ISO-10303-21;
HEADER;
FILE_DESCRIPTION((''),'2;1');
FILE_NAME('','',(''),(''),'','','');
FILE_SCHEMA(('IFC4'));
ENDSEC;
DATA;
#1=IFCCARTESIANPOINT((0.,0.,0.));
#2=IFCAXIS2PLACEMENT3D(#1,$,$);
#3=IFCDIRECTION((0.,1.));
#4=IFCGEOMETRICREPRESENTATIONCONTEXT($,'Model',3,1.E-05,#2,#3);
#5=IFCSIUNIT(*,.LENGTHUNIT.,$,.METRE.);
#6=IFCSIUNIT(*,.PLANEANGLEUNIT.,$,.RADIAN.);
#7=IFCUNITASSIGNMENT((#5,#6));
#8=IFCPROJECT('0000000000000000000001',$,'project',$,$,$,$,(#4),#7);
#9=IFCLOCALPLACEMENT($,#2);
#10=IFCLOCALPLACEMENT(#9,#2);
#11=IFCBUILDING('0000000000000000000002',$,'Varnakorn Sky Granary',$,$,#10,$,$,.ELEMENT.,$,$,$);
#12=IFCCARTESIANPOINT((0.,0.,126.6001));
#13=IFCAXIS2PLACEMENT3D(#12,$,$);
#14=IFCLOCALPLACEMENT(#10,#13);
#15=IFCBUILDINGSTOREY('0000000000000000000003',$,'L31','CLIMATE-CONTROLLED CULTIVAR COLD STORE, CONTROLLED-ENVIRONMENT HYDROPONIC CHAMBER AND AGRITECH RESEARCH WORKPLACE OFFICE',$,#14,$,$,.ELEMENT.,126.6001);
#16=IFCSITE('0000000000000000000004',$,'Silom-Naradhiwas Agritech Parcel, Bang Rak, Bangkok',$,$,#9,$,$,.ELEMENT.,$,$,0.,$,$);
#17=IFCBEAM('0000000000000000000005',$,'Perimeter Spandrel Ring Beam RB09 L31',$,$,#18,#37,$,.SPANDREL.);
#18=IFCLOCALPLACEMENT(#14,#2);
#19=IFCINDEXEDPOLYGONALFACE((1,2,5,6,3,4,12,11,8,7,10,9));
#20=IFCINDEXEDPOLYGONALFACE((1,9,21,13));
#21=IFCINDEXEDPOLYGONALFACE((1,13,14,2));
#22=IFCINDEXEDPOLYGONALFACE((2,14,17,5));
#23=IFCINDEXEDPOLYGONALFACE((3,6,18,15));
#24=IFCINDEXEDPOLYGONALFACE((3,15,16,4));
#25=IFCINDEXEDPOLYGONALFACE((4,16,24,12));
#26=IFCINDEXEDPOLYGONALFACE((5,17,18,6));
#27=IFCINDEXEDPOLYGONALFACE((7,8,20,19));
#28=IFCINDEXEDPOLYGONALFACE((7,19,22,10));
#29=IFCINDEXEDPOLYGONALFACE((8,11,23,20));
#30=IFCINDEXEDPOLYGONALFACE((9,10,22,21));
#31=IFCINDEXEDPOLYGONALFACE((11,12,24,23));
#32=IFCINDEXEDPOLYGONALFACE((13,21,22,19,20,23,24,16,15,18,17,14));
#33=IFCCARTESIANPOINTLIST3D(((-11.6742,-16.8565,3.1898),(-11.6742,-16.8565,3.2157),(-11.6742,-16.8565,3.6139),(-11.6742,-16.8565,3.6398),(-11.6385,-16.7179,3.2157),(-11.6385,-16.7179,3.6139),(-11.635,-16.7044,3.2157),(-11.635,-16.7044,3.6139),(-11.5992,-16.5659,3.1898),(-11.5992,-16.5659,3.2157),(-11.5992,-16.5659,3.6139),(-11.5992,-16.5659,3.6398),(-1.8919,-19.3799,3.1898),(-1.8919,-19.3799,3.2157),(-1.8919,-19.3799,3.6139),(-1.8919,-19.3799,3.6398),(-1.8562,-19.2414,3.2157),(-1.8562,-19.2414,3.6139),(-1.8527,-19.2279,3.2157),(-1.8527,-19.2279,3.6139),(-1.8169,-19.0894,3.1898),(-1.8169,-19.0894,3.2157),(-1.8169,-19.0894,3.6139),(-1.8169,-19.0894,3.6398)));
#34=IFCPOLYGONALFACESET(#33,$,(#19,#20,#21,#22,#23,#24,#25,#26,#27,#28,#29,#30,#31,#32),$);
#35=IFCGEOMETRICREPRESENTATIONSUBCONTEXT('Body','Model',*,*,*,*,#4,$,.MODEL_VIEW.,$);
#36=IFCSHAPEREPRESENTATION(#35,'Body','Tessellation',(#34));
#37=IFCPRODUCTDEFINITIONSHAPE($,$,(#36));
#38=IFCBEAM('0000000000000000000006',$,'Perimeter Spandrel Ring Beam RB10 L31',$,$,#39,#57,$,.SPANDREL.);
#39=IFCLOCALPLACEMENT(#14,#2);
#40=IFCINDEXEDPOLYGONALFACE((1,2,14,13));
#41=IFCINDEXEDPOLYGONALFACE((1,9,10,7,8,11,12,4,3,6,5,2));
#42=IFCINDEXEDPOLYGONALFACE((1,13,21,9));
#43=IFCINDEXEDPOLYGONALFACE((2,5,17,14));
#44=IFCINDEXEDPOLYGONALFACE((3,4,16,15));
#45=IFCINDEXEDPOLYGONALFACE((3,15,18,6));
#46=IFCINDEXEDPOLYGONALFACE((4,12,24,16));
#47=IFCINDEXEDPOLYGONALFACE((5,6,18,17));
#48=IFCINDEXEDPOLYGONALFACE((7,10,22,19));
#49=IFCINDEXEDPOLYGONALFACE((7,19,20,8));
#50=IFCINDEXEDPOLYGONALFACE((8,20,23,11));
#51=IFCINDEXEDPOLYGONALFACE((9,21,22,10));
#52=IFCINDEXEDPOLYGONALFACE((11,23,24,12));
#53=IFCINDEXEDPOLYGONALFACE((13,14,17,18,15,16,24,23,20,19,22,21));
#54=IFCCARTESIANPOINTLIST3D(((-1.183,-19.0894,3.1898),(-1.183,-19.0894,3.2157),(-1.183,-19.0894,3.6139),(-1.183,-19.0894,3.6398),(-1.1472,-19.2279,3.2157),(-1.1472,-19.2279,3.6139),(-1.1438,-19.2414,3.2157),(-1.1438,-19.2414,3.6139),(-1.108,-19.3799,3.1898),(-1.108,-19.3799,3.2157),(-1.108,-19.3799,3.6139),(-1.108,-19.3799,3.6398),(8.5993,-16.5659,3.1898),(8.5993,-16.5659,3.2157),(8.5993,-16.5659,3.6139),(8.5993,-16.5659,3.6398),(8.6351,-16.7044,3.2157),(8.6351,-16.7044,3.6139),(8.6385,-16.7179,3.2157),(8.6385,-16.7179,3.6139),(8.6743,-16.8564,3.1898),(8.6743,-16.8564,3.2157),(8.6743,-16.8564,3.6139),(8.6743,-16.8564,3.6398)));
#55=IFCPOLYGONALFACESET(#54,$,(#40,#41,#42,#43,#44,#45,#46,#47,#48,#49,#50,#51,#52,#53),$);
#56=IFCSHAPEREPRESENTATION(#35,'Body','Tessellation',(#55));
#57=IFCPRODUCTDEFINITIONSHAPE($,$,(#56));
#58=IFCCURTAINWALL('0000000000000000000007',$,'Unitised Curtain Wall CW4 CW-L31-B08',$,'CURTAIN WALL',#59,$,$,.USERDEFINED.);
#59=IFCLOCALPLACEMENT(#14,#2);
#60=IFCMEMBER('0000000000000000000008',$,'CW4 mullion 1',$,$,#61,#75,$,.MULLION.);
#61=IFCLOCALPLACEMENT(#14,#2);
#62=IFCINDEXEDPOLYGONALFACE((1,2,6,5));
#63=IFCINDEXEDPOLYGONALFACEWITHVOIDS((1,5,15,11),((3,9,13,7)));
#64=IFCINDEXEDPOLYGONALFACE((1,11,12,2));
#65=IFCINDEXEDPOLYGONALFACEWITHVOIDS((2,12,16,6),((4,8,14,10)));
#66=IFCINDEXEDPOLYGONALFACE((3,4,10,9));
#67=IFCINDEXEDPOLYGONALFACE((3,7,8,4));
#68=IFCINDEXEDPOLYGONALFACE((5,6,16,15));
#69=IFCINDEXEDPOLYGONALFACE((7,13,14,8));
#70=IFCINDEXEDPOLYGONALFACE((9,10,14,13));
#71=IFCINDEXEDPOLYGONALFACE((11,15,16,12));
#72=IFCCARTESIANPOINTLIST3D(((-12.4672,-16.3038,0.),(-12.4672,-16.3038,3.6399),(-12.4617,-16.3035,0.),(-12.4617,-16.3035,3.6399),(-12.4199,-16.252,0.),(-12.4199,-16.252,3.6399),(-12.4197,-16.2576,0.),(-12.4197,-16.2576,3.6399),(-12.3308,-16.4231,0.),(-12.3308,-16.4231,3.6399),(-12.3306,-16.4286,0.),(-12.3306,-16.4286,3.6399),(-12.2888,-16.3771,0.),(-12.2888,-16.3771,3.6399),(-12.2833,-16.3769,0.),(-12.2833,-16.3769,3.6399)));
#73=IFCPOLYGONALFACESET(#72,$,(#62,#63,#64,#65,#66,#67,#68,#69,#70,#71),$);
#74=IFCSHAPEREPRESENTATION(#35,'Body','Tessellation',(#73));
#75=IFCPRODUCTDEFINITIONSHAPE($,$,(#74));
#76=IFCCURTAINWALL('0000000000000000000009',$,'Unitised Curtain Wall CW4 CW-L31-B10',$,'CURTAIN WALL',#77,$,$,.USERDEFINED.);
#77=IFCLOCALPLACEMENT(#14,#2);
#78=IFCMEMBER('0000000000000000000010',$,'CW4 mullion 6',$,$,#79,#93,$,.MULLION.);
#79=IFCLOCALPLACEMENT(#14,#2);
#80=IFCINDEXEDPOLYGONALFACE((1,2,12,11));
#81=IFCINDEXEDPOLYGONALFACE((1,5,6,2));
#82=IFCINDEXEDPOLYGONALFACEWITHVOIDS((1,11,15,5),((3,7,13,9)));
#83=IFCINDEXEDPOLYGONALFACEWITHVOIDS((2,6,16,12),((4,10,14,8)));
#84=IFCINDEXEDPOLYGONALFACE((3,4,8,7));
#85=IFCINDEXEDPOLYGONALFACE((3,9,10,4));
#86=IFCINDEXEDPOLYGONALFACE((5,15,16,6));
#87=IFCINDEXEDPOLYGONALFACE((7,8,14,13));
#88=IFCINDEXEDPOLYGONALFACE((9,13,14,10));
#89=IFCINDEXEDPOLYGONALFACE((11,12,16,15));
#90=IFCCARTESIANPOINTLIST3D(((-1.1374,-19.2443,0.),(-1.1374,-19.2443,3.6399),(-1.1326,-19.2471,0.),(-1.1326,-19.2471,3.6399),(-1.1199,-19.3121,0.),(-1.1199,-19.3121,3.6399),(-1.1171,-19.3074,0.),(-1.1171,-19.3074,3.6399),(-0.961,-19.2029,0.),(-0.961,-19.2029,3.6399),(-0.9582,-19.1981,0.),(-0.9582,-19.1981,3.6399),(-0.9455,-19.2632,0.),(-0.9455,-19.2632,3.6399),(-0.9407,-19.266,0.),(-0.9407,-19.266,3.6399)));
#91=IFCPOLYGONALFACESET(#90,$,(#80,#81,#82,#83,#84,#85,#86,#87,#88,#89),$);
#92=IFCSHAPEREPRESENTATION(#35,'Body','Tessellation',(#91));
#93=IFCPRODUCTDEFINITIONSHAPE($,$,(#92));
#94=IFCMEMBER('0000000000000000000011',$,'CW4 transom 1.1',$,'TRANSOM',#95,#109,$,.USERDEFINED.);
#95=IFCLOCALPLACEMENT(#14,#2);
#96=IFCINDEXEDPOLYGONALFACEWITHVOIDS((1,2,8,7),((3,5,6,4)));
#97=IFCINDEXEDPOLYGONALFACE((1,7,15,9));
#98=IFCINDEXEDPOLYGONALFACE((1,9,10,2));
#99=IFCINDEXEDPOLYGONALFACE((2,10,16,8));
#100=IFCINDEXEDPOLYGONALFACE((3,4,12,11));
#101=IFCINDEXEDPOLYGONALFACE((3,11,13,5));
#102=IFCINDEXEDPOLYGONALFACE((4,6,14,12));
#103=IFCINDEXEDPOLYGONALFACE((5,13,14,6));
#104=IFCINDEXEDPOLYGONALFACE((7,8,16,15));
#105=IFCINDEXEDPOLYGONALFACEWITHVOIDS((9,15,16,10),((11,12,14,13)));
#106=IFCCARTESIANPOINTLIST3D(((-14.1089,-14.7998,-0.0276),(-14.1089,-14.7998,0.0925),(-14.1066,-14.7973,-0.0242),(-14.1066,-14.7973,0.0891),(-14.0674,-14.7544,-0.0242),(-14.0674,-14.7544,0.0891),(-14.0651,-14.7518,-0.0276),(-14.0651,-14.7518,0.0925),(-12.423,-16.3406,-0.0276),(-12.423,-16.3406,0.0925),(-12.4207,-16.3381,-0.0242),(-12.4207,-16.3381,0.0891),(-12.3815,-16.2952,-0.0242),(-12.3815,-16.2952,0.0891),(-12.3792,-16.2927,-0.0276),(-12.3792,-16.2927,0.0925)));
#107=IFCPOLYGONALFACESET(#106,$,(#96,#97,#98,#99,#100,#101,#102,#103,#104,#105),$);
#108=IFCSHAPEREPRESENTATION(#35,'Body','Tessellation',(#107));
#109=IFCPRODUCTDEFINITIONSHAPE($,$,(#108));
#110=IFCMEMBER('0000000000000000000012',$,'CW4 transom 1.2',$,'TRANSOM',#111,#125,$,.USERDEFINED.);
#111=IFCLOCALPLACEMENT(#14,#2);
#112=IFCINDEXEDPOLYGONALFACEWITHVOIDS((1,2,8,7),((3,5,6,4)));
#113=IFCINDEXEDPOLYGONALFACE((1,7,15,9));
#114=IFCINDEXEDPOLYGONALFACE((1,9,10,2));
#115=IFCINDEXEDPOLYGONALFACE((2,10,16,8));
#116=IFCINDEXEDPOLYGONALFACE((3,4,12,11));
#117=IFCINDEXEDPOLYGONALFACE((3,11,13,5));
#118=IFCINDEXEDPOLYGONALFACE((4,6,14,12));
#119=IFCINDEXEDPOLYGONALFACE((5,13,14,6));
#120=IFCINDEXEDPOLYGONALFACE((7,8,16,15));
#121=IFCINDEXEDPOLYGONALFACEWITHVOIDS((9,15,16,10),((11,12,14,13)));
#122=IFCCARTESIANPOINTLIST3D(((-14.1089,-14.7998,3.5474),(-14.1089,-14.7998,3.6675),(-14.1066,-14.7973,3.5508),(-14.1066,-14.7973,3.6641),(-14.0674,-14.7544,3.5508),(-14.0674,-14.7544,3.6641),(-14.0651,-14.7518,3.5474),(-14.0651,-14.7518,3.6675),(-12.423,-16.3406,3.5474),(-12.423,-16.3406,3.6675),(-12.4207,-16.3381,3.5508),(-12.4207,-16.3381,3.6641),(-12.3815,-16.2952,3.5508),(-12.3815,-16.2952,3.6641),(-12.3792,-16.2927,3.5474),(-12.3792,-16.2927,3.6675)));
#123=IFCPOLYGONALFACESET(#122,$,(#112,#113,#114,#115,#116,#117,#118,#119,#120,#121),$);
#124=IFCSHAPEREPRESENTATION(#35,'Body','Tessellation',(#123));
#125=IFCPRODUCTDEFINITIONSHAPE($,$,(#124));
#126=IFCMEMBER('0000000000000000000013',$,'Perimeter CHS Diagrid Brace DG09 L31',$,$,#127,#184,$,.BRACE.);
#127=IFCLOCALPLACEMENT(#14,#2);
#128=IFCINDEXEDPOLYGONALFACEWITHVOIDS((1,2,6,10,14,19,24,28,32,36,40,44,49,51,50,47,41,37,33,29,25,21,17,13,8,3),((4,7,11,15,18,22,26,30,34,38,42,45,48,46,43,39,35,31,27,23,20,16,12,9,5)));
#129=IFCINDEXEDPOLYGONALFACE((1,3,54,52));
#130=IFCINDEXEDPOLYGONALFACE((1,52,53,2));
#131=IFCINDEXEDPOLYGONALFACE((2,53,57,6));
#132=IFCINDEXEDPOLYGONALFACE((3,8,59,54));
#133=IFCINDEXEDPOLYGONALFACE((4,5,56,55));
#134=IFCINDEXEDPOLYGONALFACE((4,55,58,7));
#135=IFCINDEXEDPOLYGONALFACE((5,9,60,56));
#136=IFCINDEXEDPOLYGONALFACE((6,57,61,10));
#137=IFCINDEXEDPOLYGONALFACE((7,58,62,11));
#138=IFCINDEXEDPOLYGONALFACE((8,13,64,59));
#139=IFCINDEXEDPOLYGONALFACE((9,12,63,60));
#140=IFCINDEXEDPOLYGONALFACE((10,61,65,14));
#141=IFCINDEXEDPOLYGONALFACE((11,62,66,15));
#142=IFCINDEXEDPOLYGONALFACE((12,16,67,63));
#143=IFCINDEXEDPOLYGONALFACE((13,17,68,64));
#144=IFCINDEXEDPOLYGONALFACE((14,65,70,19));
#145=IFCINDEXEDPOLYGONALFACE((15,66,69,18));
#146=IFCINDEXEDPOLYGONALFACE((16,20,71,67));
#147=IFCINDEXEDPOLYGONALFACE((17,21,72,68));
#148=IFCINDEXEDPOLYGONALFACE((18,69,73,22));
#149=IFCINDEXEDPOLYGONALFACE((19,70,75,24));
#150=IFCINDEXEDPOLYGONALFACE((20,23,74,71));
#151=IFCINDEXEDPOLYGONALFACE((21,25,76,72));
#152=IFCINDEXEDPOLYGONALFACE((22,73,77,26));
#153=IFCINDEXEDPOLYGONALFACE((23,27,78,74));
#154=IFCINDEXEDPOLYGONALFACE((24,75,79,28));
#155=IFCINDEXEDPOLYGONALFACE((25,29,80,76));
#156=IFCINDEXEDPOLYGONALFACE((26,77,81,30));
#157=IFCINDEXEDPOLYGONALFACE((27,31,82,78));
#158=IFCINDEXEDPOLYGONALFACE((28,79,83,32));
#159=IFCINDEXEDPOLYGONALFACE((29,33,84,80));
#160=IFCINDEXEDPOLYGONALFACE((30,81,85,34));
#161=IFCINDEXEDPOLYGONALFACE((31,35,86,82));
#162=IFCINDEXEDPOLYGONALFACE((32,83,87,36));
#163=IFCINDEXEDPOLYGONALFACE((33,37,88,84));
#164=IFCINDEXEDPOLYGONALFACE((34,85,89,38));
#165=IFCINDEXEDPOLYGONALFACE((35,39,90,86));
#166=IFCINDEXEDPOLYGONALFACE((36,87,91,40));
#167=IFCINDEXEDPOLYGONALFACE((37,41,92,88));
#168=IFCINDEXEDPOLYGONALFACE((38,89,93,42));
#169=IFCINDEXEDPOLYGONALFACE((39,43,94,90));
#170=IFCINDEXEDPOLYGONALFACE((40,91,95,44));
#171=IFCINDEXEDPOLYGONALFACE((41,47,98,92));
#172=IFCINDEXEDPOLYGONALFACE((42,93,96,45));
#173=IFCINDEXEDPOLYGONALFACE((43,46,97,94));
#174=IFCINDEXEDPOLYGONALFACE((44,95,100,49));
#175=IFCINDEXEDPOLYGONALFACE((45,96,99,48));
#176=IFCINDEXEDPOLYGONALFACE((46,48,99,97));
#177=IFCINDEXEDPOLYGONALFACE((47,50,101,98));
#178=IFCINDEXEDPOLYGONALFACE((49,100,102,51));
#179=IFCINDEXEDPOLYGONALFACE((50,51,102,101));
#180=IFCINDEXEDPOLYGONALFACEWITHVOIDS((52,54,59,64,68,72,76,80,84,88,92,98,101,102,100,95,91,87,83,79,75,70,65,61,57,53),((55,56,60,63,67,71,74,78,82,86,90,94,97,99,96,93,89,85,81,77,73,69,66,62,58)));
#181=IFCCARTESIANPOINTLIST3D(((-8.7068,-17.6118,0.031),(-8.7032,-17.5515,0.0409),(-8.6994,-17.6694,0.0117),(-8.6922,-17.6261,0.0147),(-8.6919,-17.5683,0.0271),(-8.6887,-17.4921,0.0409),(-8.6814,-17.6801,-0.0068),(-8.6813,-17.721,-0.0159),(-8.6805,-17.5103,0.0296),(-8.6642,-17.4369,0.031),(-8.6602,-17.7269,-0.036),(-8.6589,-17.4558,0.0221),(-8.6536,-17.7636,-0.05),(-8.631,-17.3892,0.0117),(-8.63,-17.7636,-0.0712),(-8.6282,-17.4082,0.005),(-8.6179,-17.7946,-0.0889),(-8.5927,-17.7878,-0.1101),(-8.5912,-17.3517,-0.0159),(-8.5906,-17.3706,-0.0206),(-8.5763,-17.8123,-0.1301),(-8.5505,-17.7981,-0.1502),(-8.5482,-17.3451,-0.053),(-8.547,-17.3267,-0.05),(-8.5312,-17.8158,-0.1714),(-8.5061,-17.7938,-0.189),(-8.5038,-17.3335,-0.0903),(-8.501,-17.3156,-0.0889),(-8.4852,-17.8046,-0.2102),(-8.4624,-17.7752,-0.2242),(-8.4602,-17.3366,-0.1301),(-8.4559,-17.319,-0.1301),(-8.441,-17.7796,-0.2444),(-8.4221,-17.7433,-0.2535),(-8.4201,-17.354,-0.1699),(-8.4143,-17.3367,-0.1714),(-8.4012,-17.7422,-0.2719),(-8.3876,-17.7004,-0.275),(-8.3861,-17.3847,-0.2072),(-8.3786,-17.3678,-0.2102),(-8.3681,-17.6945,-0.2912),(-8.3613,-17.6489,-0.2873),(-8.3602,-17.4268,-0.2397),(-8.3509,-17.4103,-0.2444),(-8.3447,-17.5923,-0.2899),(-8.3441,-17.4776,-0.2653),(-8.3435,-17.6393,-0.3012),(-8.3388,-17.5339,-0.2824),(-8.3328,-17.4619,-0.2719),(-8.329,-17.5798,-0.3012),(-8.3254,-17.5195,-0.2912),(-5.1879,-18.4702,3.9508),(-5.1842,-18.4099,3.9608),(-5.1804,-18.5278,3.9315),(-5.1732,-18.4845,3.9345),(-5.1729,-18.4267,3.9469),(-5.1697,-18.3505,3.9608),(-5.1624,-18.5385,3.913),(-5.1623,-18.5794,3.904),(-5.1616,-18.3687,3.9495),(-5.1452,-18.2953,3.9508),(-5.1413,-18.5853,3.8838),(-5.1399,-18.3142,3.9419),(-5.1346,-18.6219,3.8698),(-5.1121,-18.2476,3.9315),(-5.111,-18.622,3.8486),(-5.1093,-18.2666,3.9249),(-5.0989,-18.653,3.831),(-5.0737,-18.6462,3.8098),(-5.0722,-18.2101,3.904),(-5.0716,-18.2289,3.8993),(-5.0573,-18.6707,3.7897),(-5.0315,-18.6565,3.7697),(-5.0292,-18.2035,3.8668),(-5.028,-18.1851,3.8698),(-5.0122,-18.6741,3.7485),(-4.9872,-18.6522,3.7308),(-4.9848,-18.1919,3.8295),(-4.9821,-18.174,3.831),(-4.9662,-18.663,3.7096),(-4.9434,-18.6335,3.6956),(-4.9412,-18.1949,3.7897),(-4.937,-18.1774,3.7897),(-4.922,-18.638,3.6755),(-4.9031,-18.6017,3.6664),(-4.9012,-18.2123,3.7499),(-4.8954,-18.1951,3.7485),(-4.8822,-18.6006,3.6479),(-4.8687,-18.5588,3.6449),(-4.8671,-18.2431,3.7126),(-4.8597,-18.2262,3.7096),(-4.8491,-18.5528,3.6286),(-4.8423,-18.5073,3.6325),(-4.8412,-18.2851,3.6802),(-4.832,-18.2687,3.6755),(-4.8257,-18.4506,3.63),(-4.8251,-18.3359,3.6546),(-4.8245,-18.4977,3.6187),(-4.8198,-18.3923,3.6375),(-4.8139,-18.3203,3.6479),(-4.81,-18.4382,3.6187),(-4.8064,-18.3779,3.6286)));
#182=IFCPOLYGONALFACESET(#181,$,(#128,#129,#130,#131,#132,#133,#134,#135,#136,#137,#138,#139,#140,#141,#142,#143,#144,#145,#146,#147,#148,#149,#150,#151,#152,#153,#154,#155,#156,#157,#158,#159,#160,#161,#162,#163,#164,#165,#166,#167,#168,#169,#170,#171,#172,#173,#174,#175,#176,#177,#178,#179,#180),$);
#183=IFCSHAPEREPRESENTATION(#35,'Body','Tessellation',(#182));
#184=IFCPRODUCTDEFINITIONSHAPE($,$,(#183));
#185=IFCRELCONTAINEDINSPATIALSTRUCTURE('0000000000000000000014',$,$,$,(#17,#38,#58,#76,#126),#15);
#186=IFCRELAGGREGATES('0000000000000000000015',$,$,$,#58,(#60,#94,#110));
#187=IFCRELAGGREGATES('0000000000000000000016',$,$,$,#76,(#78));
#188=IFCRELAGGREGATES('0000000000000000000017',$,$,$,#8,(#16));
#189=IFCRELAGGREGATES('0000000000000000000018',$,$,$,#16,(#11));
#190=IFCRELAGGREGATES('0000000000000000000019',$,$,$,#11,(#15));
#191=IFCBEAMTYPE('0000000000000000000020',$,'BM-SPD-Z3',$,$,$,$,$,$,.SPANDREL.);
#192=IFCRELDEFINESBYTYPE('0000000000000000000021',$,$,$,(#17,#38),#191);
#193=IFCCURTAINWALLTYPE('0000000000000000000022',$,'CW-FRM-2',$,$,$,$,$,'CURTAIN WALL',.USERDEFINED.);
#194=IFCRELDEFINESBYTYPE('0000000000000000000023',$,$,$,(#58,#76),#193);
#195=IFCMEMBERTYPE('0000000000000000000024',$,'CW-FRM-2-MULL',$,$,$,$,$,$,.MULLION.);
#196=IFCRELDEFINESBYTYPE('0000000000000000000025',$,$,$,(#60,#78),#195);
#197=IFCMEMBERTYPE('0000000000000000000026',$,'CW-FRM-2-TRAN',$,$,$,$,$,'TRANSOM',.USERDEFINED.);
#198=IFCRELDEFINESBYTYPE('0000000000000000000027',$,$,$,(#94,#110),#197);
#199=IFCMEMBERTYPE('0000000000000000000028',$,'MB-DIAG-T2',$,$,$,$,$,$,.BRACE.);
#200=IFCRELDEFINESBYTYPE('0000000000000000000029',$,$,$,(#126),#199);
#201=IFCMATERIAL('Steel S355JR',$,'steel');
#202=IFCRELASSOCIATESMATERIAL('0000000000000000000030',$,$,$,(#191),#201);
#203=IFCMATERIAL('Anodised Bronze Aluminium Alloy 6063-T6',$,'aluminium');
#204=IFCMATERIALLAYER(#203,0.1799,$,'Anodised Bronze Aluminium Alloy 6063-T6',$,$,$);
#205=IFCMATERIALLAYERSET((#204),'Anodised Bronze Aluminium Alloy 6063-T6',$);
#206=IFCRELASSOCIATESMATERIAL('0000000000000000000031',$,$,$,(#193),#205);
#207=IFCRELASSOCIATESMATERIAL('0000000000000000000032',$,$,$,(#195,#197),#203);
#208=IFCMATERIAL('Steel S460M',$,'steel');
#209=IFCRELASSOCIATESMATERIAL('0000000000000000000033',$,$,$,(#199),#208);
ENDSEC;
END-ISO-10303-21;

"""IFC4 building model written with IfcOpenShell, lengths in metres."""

from ifc_helpers import new_model, si_unit, direction, frame, origin, origin_2d, place, context, subcontext, project, spatial, hollow_rectangle, hollow_circle, i_section, extrude, material, layer, layer_set, material_profile, profile_set, type_object, element, aggregate, save


model = new_model("IFC4")

# Units and contexts
model_context = context("Model", 3, precision=1e-05, world=origin(), true_north=direction((0.0, 1.0)))
body_context = subcontext(model_context, "Body", "Model", "MODEL_VIEW")
ifc_project = project(units=[si_unit("LENGTHUNIT", "METRE"), si_unit("PLANEANGLEUNIT", "RADIAN")], contexts=[model_context])

# Site, building, storey
site_placement = place(None, origin())
site = spatial("IfcSite", under=ifc_project, at=site_placement, Name="Silom-Naradhiwas Agritech Parcel, Bang Rak, Bangkok", CompositionType="ELEMENT", RefElevation=0.0)
building_placement = place(site_placement, origin())
building = spatial("IfcBuilding", under=site, at=building_placement, Name="Varnakorn Sky Granary", CompositionType="ELEMENT")
storey_placement = place(building_placement, frame((0.0, 0.0, 126.6001)))
storey = spatial("IfcBuildingStorey", under=building, at=storey_placement, Name="L31", Description="CLIMATE-CONTROLLED CULTIVAR COLD STORE, CONTROLLED-ENVIRONMENT HYDROPONIC CHAMBER AND AGRITECH RESEARCH WORKPLACE OFFICE", CompositionType="ELEMENT", Elevation=126.6001)

# Shared definitions
ifc_material_1 = material(Name="Steel S460M", Category="steel")

# Beams
ifc_material_2 = material(Name="Steel S355JR", Category="steel")
ifc_material_profile_1 = material_profile(ifc_material_2, i_section(OverallWidth=0.3, OverallDepth=0.45, WebThickness=0.0139, FlangeThickness=0.0259, at=origin_2d()), Name="HE 450 B")
ifc_profile_set_1 = profile_set([ifc_material_profile_1], Name="Steel S355JR")
beam_type_1 = type_object("IfcBeamType", Name="BM-SPD-Z3", PredefinedType="SPANDREL", material=ifc_profile_set_1)
for number, where, z_axis, x_axis, name in (
    (1, (-11.6367, -16.7112, 3.4148), (0.968301, -0.249784, 0.0), (0.249784, 0.968301, 0.0), "Perimeter Spandrel Ring Beam RB09 L31"),
    (2, (-1.1455, -19.2346, 3.4148), (0.968301, 0.249784, 0.0), (-0.249784, 0.968301, 0.0), "Perimeter Spandrel Ring Beam RB10 L31"),
):
    element("IfcBeam", number, at=place(storey_placement, frame(where, z_axis=z_axis, x_axis=x_axis)), inside=storey, type_object=beam_type_1, Name=name, PredefinedType="SPANDREL", context=body_context, shape_type="SweptSolid", body=[
        extrude(i_section(OverallWidth=0.3, OverallDepth=0.45, WebThickness=0.0139, FlangeThickness=0.0259, at=origin_2d()), origin(), (0.0, 0.0, 1.0), 10.1025),
    ])

# Curtain walls, members
ifc_material_3 = material(Name="Anodised Bronze Aluminium Alloy 6063-T6", Category="aluminium")
ifc_layer_1 = layer(ifc_material_3, 0.1799, Name="Anodised Bronze Aluminium Alloy 6063-T6")
ifc_layer_set_1 = layer_set([ifc_layer_1], Name="Anodised Bronze Aluminium Alloy 6063-T6")
curtain_wall_type = type_object("IfcCurtainWallType", Name="CW-FRM-2", ElementType="CURTAIN WALL", PredefinedType="USERDEFINED", material=ifc_layer_set_1)
curtain_wall_1_placement = place(storey_placement, origin())
curtain_wall_1 = element("IfcCurtainWall", 3, at=curtain_wall_1_placement, inside=storey, type_object=curtain_wall_type, Name="Unitised Curtain Wall CW4 CW-L31-B08", ObjectType="CURTAIN WALL", PredefinedType="USERDEFINED")
ifc_material_profile_2 = material_profile(ifc_material_3, hollow_rectangle(XDim=0.0701, YDim=0.1851, WallThickness=0.0039, at=origin_2d()), Name="ALU MULL 70x185")
ifc_profile_set_2 = profile_set([ifc_material_profile_2], Name="Anodised Bronze Aluminium Alloy 6063-T6")
member_type_1 = type_object("IfcMemberType", Name="CW-FRM-2-MULL", PredefinedType="MULLION", material=ifc_profile_set_2)
member_1_placement = place(storey_placement, frame((-12.3752, -16.3403, 0.0), z_axis=(0.0, 0.0, 1.0), x_axis=(-0.674681, -0.73811, 0.0)))
member_1 = element("IfcMember", 4, at=member_1_placement, type_object=member_type_1, Name="CW4 mullion 1", PredefinedType="MULLION", context=body_context, shape_type="SweptSolid", body=[
    extrude(hollow_rectangle(XDim=0.0701, YDim=0.1851, WallThickness=0.0039, at=origin_2d()), origin(), (0.0, 0.0, 1.0), 3.6399),
])
curtain_wall_2_placement = place(storey_placement, origin())
curtain_wall_2 = element("IfcCurtainWall", 5, at=curtain_wall_2_placement, inside=storey, type_object=curtain_wall_type, Name="Unitised Curtain Wall CW4 CW-L31-B10", ObjectType="CURTAIN WALL", PredefinedType="USERDEFINED")
member_2_placement = place(storey_placement, frame((-1.0391, -19.2551, 0.0), z_axis=(0.0, 0.0, 1.0), x_axis=(0.249579, -0.968354, 0.0)))
member_2 = element("IfcMember", 6, at=member_2_placement, type_object=member_type_1, Name="CW4 mullion 6", PredefinedType="MULLION", context=body_context, shape_type="SweptSolid", body=[
    extrude(hollow_rectangle(XDim=0.0701, YDim=0.1851, WallThickness=0.0039, at=origin_2d()), origin(), (0.0, 0.0, 1.0), 3.6399),
])

# Members
ifc_material_profile_3 = material_profile(ifc_material_3, hollow_rectangle(XDim=0.0649, YDim=0.1201, WallThickness=0.0034, at=origin_2d()), Name="ALU TRAN 65x120")
ifc_profile_set_3 = profile_set([ifc_material_profile_3], Name="Anodised Bronze Aluminium Alloy 6063-T6")
member_type_2 = type_object("IfcMemberType", Name="CW-FRM-2-TRAN", ElementType="TRANSOM", PredefinedType="USERDEFINED", material=ifc_profile_set_3)
member_3_placement = place(storey_placement, frame((-12.4011, -16.3167, 0.0325), z_axis=(-0.738143, 0.674644, 0.0), x_axis=(-0.674644, -0.738143, 0.0)))
member_3 = element("IfcMember", 7, at=member_3_placement, type_object=member_type_2, Name="CW4 transom 1.1", ObjectType="TRANSOM", PredefinedType="USERDEFINED", context=body_context, shape_type="SweptSolid", body=[
    extrude(hollow_rectangle(XDim=0.0649, YDim=0.1201, WallThickness=0.0034, at=origin_2d()), origin(), (0.0, 0.0, 1.0), 2.2839),
])
member_4_placement = place(storey_placement, frame((-12.4011, -16.3167, 3.6074), z_axis=(-0.738143, 0.674644, 0.0), x_axis=(-0.674644, -0.738143, 0.0)))
member_4 = element("IfcMember", 8, at=member_4_placement, type_object=member_type_2, Name="CW4 transom 1.2", ObjectType="TRANSOM", PredefinedType="USERDEFINED", context=body_context, shape_type="SweptSolid", body=[
    extrude(hollow_rectangle(XDim=0.0649, YDim=0.1201, WallThickness=0.0034, at=origin_2d()), origin(), (0.0, 0.0, 1.0), 2.2839),
])
aggregate(curtain_wall_1, [member_1, member_3, member_4])
ifc_material_profile_4 = material_profile(ifc_material_1, hollow_circle(Radius=0.2539, WallThickness=0.0181, at=origin_2d()), Name="CHS 508x18")
ifc_profile_set_4 = profile_set([ifc_material_profile_4], Name="Steel S460M")
member_type_3 = type_object("IfcMemberType", Name="MB-DIAG-T2", PredefinedType="BRACE", material=ifc_profile_set_4)
member_5_placement = place(storey_placement, frame((-8.5161, -17.5657, -0.1301), z_axis=(0.659336, -0.160831, 0.734445), x_axis=(0.236981, 0.971514, 0.0)))
element("IfcMember", 9, at=member_5_placement, inside=storey, type_object=member_type_3, Name="Perimeter CHS Diagrid Brace DG09 L31", PredefinedType="BRACE", context=body_context, shape_type="SweptSolid", body=[
    extrude(hollow_circle(Radius=0.2539, WallThickness=0.0181, at=origin_2d()), origin(), (0.0, 0.0, 1.0), 5.3372),
])

aggregate(curtain_wall_2, [member_2])

save(model, "model.ifc")
